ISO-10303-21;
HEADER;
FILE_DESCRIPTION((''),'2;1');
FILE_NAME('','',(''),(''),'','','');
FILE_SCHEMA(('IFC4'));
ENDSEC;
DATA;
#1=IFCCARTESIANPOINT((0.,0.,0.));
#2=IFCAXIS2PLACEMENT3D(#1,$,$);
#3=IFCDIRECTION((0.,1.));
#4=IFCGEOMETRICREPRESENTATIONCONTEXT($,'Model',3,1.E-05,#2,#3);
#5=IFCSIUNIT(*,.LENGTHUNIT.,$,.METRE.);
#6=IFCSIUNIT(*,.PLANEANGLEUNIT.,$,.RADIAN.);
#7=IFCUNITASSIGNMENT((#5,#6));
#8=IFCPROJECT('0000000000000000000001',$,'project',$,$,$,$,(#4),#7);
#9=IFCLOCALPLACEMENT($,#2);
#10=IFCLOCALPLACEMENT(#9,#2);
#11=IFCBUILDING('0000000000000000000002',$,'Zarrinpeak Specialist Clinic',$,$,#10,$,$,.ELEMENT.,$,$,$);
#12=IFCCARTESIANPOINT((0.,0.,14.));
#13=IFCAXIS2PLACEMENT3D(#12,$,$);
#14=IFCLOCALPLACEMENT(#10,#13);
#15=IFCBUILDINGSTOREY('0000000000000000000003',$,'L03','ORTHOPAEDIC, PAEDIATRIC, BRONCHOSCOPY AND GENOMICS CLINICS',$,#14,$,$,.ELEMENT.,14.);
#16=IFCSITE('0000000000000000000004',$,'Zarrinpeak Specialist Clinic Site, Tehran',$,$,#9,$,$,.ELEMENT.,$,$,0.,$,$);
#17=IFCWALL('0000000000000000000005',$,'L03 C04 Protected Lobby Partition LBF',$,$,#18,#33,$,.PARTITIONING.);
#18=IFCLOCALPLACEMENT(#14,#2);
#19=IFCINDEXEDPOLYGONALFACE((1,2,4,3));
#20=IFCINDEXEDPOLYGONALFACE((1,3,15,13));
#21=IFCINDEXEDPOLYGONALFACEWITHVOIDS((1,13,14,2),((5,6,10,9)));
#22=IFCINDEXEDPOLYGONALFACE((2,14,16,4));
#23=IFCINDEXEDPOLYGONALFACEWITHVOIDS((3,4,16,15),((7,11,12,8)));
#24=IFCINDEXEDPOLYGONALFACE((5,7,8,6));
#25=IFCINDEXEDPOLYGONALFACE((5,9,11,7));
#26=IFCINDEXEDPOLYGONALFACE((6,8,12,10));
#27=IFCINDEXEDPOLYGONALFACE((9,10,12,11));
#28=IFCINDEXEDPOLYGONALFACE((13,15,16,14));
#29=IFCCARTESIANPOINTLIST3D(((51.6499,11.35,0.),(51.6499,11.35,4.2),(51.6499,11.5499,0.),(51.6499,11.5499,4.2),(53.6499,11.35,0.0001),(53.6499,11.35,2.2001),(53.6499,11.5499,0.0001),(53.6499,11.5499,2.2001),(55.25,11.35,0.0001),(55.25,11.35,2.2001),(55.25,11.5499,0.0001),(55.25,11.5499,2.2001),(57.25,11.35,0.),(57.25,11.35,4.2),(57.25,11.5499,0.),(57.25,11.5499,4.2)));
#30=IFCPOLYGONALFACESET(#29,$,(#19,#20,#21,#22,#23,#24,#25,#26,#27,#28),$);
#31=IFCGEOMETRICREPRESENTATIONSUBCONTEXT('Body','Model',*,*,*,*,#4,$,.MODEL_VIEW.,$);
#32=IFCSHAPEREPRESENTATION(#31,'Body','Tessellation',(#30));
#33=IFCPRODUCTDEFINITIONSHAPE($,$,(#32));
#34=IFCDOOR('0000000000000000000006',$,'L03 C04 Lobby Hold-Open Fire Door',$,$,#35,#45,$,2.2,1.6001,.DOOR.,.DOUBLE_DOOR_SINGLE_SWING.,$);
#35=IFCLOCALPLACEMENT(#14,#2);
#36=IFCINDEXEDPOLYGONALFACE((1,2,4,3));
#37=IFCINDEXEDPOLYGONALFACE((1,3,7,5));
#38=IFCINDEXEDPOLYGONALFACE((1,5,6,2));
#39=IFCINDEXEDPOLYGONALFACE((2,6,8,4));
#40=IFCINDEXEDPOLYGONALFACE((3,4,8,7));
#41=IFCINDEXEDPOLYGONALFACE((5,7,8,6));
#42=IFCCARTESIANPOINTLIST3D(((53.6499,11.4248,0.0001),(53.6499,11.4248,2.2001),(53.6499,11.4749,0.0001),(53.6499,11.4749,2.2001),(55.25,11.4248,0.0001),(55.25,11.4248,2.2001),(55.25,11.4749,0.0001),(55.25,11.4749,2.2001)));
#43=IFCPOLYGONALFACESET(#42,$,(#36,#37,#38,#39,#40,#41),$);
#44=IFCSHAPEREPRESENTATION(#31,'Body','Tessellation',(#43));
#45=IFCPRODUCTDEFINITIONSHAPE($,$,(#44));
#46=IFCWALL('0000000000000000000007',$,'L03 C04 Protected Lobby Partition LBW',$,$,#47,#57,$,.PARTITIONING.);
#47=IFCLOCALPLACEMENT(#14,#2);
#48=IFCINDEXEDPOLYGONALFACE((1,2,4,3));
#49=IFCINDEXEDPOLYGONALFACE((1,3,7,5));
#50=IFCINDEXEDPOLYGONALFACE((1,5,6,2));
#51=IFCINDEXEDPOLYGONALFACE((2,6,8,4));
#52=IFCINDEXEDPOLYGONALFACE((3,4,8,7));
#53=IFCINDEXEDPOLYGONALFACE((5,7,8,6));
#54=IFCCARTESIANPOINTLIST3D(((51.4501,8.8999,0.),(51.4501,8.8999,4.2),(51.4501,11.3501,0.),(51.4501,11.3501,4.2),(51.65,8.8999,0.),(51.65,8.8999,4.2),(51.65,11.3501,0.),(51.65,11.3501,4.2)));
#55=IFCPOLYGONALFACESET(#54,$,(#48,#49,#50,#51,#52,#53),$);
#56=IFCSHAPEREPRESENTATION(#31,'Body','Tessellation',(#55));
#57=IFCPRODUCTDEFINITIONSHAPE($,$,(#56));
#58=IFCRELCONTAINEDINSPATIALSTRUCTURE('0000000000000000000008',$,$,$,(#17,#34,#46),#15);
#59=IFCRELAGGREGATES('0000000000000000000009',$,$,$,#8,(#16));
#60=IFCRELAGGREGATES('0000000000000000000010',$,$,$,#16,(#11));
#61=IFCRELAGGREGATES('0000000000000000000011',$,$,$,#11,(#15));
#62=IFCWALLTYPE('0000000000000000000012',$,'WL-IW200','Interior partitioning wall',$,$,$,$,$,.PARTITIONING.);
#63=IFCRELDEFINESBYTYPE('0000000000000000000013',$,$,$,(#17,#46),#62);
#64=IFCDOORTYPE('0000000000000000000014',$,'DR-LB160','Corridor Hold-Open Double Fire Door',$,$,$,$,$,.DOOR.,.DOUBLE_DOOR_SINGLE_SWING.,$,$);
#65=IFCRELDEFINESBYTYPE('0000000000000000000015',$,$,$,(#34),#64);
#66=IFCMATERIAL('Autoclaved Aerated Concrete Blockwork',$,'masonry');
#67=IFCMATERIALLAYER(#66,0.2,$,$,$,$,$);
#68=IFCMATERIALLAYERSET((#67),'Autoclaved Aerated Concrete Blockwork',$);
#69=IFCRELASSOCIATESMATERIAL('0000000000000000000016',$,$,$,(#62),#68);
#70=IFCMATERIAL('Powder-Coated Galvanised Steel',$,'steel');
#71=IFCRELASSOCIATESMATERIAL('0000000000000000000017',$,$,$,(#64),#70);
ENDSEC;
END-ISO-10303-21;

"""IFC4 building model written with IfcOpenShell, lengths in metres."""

from ifc_helpers import new_model, si_unit, direction, frame, frame_2d, origin, place, context, subcontext, project, spatial, rectangle, extrude, material, layer, layer_set, type_object, element, fill, save


model = new_model("IFC4")

# Units and contexts
model_context = context("Model", 3, precision=1e-05, world=origin(), true_north=direction((0.0, 1.0)))
body_context = subcontext(model_context, "Body", "Model", "MODEL_VIEW")
ifc_project = project(units=[si_unit("LENGTHUNIT", "METRE"), si_unit("PLANEANGLEUNIT", "RADIAN")], contexts=[model_context])

# Site, building, storey
site_placement = place(None, origin())
site = spatial("IfcSite", under=ifc_project, at=site_placement, Name="Zarrinpeak Specialist Clinic Site, Tehran", CompositionType="ELEMENT", RefElevation=0.0)
building_placement = place(site_placement, origin())
building = spatial("IfcBuilding", under=site, at=building_placement, Name="Zarrinpeak Specialist Clinic", CompositionType="ELEMENT")
storey_placement = place(building_placement, frame((0.0, 0.0, 14.0)))
storey = spatial("IfcBuildingStorey", under=building, at=storey_placement, Name="L03", Description="ORTHOPAEDIC, PAEDIATRIC, BRONCHOSCOPY AND GENOMICS CLINICS", CompositionType="ELEMENT", Elevation=14.0)

# Shared definitions
ifc_material_1 = material(Name="Powder-Coated Galvanised Steel", Category="steel")

# Wall, opening, door
ifc_material_2 = material(Name="Autoclaved Aerated Concrete Blockwork", Category="masonry")
ifc_layer_1 = layer(ifc_material_2, 0.2)
ifc_layer_set_1 = layer_set([ifc_layer_1], Name="Autoclaved Aerated Concrete Blockwork")
wall_type_1 = type_object("IfcWallType", Name="WL-IW200", Description="Interior partitioning wall", PredefinedType="PARTITIONING", material=ifc_layer_set_1)
wall_1_placement = place(storey_placement, frame((51.6499, 11.45, 0.0), z_axis=(0.0, 0.0, 1.0), x_axis=(1.0, 0.0, 0.0)))
wall_1 = element("IfcWall", 1, at=wall_1_placement, inside=storey, type_object=wall_type_1, Name="L03 C04 Protected Lobby Partition LBF", PredefinedType="PARTITIONING", context=body_context, shape_type="SweptSolid", body=[
    extrude(rectangle(XDim=5.6001, YDim=0.2, at=frame_2d((2.8, 0.0))), origin(), (0.0, 0.0, 1.0), 4.2),
])
opening_1_placement = place(wall_1_placement, frame((2.0, 0.0, 0.0)))
opening_1 = element("IfcOpeningElement", 2, at=opening_1_placement, cuts=wall_1, PredefinedType="OPENING", context=body_context, shape_type="SweptSolid", body=[
    extrude(rectangle(XDim=1.6001, YDim=2.2, at=frame_2d((0.8, 1.1001))), frame((0.0, 0.1099, 0.0), z_axis=(0.0, -1.0, 0.0), x_axis=(1.0, 0.0, 0.0)), (0.0, 0.0, 1.0), 0.22),
])
door_type_1 = type_object("IfcDoorType", Name="DR-LB160", Description="Corridor Hold-Open Double Fire Door", OperationType="DOUBLE_DOOR_SINGLE_SWING", PredefinedType="DOOR", material=ifc_material_1)
door_1_placement = place(opening_1_placement, origin())
door_1 = element("IfcDoor", 3, at=door_1_placement, inside=storey, type_object=door_type_1, Name="L03 C04 Lobby Hold-Open Fire Door", OperationType="DOUBLE_DOOR_SINGLE_SWING", OverallHeight=2.2, OverallWidth=1.6001, PredefinedType="DOOR", context=body_context, shape_type="SweptSolid", body=[
    extrude(rectangle(XDim=1.6001, YDim=2.2, at=frame_2d((0.8, 1.1001))), frame((0.0, 0.0249, 0.0), z_axis=(0.0, -1.0, 0.0), x_axis=(1.0, 0.0, 0.0)), (0.0, 0.0, 1.0), 0.05),
])
fill(opening_1, door_1)

# Wall
wall_2_placement = place(storey_placement, frame((51.55, 8.8999, 0.0), z_axis=(0.0, 0.0, 1.0), x_axis=(0.0, 1.0, 0.0)))
element("IfcWall", 4, at=wall_2_placement, inside=storey, type_object=wall_type_1, Name="L03 C04 Protected Lobby Partition LBW", PredefinedType="PARTITIONING", context=body_context, shape_type="SweptSolid", body=[
    extrude(rectangle(XDim=2.4502, YDim=0.2, at=frame_2d((1.2251, 0.0))), origin(), (0.0, 0.0, 1.0), 4.2),
])

save(model, "model.ifc")
